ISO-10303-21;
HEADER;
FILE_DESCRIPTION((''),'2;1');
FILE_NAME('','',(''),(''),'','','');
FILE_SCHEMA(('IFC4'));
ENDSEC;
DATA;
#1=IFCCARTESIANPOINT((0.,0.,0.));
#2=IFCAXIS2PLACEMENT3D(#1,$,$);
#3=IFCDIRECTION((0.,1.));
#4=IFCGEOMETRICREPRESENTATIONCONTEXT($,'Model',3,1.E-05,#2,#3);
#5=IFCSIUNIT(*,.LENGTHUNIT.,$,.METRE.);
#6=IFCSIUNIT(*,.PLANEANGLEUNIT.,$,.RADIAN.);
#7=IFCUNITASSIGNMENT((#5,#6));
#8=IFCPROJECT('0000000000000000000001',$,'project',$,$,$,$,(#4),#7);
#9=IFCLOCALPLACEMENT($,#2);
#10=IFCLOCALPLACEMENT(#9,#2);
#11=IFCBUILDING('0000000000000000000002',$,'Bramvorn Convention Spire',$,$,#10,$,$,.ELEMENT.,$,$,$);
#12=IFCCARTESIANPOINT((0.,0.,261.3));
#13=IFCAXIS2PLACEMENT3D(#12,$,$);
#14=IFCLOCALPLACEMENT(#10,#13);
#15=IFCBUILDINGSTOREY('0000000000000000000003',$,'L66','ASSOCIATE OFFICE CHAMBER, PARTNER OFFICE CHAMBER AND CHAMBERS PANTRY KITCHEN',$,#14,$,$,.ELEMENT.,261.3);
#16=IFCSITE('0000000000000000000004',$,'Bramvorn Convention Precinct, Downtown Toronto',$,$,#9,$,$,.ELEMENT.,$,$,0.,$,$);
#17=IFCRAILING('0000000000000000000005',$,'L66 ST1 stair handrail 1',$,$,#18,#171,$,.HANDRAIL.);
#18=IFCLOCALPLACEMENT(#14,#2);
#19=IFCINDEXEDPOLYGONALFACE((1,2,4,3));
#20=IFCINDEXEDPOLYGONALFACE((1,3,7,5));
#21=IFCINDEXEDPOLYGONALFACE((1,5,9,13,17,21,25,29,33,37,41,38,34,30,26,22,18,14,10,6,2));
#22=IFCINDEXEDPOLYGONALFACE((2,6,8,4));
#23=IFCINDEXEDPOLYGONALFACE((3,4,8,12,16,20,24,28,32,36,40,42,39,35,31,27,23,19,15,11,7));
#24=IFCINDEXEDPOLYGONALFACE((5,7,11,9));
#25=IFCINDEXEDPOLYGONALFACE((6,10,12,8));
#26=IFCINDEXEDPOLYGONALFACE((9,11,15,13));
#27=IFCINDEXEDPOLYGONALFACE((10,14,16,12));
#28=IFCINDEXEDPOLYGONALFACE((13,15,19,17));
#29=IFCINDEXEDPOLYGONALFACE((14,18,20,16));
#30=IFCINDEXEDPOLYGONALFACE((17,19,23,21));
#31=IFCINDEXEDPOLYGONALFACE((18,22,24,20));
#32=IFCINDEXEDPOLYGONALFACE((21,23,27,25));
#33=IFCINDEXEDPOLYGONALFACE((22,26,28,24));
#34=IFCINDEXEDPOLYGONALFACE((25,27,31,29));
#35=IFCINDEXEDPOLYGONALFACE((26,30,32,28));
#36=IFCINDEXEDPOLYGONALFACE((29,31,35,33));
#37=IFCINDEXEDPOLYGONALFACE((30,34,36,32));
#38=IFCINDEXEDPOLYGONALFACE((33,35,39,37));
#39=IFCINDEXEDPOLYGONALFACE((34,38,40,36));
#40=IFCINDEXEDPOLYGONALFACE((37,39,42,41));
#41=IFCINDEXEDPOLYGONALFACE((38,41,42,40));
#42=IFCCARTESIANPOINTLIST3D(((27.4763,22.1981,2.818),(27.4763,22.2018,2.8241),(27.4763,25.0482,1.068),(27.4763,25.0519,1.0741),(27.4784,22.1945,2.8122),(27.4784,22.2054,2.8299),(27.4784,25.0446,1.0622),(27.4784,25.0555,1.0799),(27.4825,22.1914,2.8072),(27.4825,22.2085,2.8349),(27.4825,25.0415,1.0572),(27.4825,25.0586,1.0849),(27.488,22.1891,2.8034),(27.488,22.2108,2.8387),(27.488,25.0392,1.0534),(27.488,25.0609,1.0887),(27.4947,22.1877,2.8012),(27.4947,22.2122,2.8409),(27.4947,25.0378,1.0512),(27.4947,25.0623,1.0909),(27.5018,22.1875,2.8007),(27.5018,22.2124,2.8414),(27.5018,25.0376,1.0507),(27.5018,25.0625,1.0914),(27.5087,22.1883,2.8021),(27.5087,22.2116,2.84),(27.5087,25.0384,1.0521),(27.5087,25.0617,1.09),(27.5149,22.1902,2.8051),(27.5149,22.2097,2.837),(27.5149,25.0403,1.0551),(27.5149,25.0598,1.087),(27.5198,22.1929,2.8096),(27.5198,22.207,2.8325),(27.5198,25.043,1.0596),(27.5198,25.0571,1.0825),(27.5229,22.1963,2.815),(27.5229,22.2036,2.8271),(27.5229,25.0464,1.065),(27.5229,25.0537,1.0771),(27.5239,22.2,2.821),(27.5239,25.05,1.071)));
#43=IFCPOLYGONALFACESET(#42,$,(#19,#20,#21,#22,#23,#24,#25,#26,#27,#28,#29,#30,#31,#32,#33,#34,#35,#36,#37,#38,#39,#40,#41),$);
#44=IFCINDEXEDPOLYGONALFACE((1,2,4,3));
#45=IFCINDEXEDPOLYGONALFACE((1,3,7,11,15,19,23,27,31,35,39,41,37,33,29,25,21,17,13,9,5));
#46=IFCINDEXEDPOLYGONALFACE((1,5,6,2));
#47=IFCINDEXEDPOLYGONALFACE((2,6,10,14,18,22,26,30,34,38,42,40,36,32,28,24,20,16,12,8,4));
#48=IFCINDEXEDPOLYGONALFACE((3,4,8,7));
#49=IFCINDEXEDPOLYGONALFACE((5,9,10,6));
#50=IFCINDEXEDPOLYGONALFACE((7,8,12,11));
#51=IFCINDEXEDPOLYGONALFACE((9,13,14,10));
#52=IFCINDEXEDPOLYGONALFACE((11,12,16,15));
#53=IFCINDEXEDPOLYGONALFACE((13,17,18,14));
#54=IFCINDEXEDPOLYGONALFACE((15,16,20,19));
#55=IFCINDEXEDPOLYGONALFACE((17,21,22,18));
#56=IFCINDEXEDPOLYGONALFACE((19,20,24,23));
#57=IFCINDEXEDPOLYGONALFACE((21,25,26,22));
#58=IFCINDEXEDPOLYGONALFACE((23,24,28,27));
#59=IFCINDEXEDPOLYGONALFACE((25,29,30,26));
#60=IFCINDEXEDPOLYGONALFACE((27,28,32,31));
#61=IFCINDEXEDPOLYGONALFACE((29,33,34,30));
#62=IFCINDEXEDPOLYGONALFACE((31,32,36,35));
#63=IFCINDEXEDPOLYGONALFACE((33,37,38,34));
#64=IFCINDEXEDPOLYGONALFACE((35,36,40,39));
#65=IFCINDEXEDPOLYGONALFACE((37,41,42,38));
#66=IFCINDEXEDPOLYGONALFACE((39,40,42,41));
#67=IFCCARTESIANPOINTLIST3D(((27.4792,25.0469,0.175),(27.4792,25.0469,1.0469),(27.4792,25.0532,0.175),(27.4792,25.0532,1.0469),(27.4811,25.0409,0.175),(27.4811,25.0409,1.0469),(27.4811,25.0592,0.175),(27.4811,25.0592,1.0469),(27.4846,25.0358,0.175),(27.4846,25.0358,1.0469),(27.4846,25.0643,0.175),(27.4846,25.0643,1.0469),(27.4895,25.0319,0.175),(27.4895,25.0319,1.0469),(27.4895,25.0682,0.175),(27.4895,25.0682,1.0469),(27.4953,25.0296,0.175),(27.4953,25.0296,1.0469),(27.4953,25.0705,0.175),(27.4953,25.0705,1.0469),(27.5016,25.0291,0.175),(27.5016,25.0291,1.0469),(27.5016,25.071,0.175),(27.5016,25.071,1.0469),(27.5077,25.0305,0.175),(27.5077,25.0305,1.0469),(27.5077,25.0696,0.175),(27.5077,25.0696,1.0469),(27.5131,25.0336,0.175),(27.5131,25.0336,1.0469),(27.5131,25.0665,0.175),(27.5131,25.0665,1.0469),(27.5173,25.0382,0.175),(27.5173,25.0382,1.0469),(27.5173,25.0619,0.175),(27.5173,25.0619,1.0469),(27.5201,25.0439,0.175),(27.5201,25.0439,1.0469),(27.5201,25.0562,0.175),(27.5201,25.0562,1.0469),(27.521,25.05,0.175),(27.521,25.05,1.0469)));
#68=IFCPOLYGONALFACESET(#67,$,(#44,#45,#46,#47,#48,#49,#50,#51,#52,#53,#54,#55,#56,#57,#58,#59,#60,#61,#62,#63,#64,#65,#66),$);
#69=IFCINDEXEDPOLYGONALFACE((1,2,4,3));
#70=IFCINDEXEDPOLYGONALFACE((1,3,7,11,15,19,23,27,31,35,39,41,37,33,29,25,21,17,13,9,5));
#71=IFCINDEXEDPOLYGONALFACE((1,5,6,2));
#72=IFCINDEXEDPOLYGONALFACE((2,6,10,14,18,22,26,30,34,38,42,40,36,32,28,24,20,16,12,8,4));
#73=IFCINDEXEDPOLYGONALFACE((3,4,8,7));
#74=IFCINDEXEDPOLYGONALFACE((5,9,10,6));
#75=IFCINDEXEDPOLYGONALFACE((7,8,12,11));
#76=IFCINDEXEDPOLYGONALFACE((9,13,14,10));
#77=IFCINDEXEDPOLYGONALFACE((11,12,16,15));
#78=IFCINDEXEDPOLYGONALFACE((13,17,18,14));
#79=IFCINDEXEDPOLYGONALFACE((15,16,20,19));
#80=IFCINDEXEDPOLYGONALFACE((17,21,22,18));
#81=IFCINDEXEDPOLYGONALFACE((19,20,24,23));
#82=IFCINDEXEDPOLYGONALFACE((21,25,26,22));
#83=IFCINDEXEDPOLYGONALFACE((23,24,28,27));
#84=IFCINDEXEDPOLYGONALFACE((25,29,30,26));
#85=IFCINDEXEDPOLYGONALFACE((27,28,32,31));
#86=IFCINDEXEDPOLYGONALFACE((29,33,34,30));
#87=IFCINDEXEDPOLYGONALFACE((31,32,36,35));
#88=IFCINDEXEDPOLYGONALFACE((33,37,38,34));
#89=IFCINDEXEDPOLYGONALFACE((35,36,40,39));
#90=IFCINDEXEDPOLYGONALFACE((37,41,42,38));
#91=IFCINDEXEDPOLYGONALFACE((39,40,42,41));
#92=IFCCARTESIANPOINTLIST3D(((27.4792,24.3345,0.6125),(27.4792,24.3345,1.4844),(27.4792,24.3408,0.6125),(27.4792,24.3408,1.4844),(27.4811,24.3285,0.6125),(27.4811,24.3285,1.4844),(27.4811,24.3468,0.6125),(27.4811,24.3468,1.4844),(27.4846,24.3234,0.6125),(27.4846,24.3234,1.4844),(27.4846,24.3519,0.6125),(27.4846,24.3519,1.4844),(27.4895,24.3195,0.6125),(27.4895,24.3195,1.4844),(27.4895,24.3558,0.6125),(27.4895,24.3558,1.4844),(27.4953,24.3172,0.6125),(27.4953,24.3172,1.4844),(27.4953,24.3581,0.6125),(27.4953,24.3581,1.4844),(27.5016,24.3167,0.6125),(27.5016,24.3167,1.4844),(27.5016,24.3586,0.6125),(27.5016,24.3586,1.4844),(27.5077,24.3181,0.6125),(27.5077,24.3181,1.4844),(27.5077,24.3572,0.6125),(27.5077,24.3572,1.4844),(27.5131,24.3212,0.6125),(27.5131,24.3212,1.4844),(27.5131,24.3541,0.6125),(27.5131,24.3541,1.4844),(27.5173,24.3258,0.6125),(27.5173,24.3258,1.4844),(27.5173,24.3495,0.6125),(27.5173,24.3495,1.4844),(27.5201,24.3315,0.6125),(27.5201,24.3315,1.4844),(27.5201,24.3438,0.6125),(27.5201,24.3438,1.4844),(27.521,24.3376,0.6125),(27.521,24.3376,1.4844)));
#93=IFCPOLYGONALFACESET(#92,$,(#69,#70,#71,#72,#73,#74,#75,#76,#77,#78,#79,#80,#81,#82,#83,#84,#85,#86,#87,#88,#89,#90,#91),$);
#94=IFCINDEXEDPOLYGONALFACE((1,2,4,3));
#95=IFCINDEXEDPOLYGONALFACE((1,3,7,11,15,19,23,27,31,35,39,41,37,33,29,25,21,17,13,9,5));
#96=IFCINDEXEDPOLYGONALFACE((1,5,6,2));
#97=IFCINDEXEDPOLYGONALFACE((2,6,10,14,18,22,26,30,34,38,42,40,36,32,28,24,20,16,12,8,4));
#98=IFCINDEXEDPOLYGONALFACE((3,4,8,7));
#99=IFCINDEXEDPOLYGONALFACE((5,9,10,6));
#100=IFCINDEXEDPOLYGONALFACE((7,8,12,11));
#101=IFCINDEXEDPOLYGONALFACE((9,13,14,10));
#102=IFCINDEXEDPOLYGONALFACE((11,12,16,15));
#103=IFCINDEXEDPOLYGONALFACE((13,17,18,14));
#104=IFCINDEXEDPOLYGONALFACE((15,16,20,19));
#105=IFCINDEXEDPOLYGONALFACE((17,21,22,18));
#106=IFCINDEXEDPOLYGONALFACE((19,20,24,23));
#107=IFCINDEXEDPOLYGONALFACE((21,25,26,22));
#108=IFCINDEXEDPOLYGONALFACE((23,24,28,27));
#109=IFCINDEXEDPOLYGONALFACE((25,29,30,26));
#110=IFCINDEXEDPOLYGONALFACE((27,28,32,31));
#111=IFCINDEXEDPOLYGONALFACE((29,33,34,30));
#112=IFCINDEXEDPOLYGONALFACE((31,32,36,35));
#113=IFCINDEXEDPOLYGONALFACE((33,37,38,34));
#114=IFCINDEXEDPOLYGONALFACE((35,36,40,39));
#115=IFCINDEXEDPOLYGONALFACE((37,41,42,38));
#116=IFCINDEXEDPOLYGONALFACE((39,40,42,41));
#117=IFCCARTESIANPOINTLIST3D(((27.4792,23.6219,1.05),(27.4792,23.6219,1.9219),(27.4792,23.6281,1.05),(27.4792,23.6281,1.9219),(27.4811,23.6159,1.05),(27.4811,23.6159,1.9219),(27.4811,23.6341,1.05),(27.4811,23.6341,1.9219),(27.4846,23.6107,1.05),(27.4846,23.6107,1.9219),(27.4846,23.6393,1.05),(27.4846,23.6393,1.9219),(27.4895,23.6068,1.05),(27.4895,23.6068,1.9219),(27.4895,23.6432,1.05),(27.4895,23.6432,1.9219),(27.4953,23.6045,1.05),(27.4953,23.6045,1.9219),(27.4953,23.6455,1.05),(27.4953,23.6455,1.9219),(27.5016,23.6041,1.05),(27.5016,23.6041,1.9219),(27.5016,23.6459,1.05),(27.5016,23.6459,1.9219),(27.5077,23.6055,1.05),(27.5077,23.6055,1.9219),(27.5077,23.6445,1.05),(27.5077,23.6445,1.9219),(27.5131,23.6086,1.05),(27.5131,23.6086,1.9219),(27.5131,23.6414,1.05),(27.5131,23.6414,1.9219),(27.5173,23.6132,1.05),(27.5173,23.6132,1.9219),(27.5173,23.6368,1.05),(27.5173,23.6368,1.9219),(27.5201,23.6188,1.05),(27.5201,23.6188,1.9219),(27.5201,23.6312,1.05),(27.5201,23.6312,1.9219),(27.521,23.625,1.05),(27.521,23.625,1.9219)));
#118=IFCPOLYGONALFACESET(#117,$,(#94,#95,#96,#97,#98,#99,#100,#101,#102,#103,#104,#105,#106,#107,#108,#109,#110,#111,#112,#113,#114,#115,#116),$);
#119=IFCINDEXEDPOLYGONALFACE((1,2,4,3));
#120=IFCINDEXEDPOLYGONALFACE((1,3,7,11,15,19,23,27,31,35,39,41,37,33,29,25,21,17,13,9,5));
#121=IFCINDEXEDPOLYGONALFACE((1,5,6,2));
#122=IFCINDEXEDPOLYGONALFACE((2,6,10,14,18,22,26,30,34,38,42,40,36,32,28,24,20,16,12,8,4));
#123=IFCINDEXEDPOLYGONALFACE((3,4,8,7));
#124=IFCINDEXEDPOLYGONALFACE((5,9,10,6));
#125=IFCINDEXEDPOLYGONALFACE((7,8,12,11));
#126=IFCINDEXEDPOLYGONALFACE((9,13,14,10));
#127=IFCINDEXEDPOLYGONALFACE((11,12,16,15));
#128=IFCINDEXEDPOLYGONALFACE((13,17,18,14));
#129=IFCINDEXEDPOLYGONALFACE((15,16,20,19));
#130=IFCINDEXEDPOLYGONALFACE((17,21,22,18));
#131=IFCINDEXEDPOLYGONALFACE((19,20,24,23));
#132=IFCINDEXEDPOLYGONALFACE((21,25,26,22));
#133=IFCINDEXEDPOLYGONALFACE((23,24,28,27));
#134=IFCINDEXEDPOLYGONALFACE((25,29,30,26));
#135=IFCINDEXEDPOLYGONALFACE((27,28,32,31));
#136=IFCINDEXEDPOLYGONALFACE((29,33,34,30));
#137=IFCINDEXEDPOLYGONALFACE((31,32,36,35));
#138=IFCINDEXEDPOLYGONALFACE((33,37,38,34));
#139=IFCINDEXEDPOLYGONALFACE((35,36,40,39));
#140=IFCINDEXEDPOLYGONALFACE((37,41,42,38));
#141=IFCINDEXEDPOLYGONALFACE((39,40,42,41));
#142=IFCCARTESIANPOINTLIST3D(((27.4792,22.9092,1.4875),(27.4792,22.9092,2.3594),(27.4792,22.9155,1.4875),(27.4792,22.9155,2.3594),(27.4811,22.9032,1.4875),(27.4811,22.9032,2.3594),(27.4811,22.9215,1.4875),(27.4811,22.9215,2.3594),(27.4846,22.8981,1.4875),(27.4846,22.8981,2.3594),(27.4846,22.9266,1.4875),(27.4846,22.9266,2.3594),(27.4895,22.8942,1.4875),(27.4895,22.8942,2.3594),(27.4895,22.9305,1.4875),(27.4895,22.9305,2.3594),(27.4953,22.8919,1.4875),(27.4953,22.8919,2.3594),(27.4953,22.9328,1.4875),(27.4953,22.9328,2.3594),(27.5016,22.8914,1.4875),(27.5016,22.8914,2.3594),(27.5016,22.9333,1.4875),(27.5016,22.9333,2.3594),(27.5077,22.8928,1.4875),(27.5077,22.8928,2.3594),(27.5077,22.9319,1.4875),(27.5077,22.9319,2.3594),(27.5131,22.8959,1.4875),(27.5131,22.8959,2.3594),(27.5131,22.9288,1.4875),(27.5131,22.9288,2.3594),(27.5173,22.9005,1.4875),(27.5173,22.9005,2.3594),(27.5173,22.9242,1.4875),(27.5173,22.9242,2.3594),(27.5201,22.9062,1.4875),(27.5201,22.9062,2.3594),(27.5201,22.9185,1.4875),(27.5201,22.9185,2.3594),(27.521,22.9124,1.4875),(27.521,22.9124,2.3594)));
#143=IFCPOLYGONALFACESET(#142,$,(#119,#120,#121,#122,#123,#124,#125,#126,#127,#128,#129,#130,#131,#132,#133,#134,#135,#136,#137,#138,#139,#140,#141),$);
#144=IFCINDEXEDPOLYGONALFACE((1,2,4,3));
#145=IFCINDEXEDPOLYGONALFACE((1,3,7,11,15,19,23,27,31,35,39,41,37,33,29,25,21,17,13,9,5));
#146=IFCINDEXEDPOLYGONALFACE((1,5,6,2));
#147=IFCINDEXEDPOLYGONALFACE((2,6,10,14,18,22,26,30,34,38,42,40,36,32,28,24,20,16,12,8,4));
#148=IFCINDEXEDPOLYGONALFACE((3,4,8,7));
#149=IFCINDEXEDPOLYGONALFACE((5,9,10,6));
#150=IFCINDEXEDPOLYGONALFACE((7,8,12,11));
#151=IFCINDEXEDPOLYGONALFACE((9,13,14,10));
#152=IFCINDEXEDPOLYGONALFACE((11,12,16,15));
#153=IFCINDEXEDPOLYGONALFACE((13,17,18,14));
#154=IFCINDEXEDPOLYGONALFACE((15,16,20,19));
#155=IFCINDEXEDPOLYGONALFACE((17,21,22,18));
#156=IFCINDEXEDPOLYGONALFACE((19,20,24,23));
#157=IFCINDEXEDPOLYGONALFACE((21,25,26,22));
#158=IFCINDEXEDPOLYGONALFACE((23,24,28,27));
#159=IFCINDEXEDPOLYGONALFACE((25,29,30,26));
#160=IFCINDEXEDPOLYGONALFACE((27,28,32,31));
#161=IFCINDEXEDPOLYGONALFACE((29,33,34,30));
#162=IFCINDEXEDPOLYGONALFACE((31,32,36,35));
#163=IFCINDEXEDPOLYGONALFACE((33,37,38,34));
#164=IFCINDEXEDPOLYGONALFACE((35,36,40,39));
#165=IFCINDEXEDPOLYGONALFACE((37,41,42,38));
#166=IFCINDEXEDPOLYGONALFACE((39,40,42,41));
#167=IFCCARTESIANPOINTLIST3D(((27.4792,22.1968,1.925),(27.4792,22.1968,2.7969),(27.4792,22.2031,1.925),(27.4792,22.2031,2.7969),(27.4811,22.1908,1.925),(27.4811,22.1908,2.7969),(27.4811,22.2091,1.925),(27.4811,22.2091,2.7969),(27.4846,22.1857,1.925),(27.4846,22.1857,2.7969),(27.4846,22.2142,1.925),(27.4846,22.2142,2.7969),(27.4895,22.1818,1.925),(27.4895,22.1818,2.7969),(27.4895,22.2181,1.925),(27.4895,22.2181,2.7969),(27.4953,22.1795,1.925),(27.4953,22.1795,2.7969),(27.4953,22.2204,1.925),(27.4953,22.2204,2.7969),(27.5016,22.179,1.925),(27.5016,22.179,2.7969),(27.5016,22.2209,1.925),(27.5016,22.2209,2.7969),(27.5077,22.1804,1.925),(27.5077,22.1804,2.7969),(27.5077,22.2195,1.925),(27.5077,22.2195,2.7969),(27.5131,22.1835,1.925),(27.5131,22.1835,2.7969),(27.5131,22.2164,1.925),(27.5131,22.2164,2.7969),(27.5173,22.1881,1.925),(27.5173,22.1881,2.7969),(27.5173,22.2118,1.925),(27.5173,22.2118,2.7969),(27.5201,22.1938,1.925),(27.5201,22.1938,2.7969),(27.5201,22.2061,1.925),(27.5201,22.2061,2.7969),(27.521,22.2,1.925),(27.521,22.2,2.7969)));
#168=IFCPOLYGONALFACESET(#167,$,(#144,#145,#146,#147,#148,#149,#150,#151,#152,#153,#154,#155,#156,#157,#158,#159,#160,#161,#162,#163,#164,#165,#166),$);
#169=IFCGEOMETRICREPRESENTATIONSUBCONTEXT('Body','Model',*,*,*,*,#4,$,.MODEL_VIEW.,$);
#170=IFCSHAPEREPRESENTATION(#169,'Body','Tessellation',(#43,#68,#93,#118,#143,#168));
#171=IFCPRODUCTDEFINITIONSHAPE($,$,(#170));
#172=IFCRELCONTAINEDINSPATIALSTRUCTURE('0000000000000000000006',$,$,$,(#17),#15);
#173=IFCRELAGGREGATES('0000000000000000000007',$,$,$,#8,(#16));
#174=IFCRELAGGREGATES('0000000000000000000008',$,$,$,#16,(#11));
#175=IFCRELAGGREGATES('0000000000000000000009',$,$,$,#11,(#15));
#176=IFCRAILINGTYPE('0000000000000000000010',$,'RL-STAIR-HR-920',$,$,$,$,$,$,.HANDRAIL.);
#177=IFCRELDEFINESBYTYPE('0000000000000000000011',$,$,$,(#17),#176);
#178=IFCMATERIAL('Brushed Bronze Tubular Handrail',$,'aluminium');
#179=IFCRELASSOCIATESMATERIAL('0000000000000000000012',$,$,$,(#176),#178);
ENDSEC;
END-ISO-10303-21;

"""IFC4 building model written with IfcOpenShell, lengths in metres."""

from ifc_helpers import new_model, si_unit, direction, frame, origin, origin_2d, place, context, subcontext, project, spatial, circle, extrude, material, type_object, element, save


model = new_model("IFC4")

# Units and contexts
model_context = context("Model", 3, precision=1e-05, world=origin(), true_north=direction((0.0, 1.0)))
body_context = subcontext(model_context, "Body", "Model", "MODEL_VIEW")
ifc_project = project(units=[si_unit("LENGTHUNIT", "METRE"), si_unit("PLANEANGLEUNIT", "RADIAN")], contexts=[model_context])

# Site, building, storey
site_placement = place(None, origin())
site = spatial("IfcSite", under=ifc_project, at=site_placement, Name="Bramvorn Convention Precinct, Downtown Toronto", CompositionType="ELEMENT", RefElevation=0.0)
building_placement = place(site_placement, origin())
building = spatial("IfcBuilding", under=site, at=building_placement, Name="Bramvorn Convention Spire", CompositionType="ELEMENT")
storey_placement = place(building_placement, frame((0.0, 0.0, 261.3)))
storey = spatial("IfcBuildingStorey", under=building, at=storey_placement, Name="L66", Description="ASSOCIATE OFFICE CHAMBER, PARTNER OFFICE CHAMBER AND CHAMBERS PANTRY KITCHEN", CompositionType="ELEMENT", Elevation=261.3)

# Railing
ifc_material_1 = material(Name="Brushed Bronze Tubular Handrail", Category="aluminium")
railing_type_1 = type_object("IfcRailingType", Name="RL-STAIR-HR-920", PredefinedType="HANDRAIL", material=ifc_material_1)
railing_1_placement = place(storey_placement, frame((27.5, 25.05, 0.175)))
element("IfcRailing", 1, at=railing_1_placement, inside=storey, type_object=railing_type_1, Name="L66 ST1 stair handrail 1", PredefinedType="HANDRAIL", context=body_context, shape_type="SweptSolid", body=[
    extrude(circle(Radius=0.0239, at=origin_2d()), frame((0.0, 0.0, 0.896), z_axis=(0.0, -0.852179, 0.52325), x_axis=(1.0, 0.0, 0.0)), (0.0, 0.0, 1.0), 3.3445),
    extrude(circle(Radius=0.021, at=origin_2d()), origin(), (0.0, 0.0, 1.0), 0.8718),
    extrude(circle(Radius=0.021, at=origin_2d()), frame((0.0, -0.7124, 0.4375)), (0.0, 0.0, 1.0), 0.8718),
    extrude(circle(Radius=0.021, at=origin_2d()), frame((0.0, -1.425, 0.875)), (0.0, 0.0, 1.0), 0.8718),
    extrude(circle(Radius=0.021, at=origin_2d()), frame((0.0, -2.1377, 1.3125)), (0.0, 0.0, 1.0), 0.8718),
    extrude(circle(Radius=0.021, at=origin_2d()), frame((0.0, -2.8501, 1.75)), (0.0, 0.0, 1.0), 0.8718),
])

save(model, "model.ifc")
